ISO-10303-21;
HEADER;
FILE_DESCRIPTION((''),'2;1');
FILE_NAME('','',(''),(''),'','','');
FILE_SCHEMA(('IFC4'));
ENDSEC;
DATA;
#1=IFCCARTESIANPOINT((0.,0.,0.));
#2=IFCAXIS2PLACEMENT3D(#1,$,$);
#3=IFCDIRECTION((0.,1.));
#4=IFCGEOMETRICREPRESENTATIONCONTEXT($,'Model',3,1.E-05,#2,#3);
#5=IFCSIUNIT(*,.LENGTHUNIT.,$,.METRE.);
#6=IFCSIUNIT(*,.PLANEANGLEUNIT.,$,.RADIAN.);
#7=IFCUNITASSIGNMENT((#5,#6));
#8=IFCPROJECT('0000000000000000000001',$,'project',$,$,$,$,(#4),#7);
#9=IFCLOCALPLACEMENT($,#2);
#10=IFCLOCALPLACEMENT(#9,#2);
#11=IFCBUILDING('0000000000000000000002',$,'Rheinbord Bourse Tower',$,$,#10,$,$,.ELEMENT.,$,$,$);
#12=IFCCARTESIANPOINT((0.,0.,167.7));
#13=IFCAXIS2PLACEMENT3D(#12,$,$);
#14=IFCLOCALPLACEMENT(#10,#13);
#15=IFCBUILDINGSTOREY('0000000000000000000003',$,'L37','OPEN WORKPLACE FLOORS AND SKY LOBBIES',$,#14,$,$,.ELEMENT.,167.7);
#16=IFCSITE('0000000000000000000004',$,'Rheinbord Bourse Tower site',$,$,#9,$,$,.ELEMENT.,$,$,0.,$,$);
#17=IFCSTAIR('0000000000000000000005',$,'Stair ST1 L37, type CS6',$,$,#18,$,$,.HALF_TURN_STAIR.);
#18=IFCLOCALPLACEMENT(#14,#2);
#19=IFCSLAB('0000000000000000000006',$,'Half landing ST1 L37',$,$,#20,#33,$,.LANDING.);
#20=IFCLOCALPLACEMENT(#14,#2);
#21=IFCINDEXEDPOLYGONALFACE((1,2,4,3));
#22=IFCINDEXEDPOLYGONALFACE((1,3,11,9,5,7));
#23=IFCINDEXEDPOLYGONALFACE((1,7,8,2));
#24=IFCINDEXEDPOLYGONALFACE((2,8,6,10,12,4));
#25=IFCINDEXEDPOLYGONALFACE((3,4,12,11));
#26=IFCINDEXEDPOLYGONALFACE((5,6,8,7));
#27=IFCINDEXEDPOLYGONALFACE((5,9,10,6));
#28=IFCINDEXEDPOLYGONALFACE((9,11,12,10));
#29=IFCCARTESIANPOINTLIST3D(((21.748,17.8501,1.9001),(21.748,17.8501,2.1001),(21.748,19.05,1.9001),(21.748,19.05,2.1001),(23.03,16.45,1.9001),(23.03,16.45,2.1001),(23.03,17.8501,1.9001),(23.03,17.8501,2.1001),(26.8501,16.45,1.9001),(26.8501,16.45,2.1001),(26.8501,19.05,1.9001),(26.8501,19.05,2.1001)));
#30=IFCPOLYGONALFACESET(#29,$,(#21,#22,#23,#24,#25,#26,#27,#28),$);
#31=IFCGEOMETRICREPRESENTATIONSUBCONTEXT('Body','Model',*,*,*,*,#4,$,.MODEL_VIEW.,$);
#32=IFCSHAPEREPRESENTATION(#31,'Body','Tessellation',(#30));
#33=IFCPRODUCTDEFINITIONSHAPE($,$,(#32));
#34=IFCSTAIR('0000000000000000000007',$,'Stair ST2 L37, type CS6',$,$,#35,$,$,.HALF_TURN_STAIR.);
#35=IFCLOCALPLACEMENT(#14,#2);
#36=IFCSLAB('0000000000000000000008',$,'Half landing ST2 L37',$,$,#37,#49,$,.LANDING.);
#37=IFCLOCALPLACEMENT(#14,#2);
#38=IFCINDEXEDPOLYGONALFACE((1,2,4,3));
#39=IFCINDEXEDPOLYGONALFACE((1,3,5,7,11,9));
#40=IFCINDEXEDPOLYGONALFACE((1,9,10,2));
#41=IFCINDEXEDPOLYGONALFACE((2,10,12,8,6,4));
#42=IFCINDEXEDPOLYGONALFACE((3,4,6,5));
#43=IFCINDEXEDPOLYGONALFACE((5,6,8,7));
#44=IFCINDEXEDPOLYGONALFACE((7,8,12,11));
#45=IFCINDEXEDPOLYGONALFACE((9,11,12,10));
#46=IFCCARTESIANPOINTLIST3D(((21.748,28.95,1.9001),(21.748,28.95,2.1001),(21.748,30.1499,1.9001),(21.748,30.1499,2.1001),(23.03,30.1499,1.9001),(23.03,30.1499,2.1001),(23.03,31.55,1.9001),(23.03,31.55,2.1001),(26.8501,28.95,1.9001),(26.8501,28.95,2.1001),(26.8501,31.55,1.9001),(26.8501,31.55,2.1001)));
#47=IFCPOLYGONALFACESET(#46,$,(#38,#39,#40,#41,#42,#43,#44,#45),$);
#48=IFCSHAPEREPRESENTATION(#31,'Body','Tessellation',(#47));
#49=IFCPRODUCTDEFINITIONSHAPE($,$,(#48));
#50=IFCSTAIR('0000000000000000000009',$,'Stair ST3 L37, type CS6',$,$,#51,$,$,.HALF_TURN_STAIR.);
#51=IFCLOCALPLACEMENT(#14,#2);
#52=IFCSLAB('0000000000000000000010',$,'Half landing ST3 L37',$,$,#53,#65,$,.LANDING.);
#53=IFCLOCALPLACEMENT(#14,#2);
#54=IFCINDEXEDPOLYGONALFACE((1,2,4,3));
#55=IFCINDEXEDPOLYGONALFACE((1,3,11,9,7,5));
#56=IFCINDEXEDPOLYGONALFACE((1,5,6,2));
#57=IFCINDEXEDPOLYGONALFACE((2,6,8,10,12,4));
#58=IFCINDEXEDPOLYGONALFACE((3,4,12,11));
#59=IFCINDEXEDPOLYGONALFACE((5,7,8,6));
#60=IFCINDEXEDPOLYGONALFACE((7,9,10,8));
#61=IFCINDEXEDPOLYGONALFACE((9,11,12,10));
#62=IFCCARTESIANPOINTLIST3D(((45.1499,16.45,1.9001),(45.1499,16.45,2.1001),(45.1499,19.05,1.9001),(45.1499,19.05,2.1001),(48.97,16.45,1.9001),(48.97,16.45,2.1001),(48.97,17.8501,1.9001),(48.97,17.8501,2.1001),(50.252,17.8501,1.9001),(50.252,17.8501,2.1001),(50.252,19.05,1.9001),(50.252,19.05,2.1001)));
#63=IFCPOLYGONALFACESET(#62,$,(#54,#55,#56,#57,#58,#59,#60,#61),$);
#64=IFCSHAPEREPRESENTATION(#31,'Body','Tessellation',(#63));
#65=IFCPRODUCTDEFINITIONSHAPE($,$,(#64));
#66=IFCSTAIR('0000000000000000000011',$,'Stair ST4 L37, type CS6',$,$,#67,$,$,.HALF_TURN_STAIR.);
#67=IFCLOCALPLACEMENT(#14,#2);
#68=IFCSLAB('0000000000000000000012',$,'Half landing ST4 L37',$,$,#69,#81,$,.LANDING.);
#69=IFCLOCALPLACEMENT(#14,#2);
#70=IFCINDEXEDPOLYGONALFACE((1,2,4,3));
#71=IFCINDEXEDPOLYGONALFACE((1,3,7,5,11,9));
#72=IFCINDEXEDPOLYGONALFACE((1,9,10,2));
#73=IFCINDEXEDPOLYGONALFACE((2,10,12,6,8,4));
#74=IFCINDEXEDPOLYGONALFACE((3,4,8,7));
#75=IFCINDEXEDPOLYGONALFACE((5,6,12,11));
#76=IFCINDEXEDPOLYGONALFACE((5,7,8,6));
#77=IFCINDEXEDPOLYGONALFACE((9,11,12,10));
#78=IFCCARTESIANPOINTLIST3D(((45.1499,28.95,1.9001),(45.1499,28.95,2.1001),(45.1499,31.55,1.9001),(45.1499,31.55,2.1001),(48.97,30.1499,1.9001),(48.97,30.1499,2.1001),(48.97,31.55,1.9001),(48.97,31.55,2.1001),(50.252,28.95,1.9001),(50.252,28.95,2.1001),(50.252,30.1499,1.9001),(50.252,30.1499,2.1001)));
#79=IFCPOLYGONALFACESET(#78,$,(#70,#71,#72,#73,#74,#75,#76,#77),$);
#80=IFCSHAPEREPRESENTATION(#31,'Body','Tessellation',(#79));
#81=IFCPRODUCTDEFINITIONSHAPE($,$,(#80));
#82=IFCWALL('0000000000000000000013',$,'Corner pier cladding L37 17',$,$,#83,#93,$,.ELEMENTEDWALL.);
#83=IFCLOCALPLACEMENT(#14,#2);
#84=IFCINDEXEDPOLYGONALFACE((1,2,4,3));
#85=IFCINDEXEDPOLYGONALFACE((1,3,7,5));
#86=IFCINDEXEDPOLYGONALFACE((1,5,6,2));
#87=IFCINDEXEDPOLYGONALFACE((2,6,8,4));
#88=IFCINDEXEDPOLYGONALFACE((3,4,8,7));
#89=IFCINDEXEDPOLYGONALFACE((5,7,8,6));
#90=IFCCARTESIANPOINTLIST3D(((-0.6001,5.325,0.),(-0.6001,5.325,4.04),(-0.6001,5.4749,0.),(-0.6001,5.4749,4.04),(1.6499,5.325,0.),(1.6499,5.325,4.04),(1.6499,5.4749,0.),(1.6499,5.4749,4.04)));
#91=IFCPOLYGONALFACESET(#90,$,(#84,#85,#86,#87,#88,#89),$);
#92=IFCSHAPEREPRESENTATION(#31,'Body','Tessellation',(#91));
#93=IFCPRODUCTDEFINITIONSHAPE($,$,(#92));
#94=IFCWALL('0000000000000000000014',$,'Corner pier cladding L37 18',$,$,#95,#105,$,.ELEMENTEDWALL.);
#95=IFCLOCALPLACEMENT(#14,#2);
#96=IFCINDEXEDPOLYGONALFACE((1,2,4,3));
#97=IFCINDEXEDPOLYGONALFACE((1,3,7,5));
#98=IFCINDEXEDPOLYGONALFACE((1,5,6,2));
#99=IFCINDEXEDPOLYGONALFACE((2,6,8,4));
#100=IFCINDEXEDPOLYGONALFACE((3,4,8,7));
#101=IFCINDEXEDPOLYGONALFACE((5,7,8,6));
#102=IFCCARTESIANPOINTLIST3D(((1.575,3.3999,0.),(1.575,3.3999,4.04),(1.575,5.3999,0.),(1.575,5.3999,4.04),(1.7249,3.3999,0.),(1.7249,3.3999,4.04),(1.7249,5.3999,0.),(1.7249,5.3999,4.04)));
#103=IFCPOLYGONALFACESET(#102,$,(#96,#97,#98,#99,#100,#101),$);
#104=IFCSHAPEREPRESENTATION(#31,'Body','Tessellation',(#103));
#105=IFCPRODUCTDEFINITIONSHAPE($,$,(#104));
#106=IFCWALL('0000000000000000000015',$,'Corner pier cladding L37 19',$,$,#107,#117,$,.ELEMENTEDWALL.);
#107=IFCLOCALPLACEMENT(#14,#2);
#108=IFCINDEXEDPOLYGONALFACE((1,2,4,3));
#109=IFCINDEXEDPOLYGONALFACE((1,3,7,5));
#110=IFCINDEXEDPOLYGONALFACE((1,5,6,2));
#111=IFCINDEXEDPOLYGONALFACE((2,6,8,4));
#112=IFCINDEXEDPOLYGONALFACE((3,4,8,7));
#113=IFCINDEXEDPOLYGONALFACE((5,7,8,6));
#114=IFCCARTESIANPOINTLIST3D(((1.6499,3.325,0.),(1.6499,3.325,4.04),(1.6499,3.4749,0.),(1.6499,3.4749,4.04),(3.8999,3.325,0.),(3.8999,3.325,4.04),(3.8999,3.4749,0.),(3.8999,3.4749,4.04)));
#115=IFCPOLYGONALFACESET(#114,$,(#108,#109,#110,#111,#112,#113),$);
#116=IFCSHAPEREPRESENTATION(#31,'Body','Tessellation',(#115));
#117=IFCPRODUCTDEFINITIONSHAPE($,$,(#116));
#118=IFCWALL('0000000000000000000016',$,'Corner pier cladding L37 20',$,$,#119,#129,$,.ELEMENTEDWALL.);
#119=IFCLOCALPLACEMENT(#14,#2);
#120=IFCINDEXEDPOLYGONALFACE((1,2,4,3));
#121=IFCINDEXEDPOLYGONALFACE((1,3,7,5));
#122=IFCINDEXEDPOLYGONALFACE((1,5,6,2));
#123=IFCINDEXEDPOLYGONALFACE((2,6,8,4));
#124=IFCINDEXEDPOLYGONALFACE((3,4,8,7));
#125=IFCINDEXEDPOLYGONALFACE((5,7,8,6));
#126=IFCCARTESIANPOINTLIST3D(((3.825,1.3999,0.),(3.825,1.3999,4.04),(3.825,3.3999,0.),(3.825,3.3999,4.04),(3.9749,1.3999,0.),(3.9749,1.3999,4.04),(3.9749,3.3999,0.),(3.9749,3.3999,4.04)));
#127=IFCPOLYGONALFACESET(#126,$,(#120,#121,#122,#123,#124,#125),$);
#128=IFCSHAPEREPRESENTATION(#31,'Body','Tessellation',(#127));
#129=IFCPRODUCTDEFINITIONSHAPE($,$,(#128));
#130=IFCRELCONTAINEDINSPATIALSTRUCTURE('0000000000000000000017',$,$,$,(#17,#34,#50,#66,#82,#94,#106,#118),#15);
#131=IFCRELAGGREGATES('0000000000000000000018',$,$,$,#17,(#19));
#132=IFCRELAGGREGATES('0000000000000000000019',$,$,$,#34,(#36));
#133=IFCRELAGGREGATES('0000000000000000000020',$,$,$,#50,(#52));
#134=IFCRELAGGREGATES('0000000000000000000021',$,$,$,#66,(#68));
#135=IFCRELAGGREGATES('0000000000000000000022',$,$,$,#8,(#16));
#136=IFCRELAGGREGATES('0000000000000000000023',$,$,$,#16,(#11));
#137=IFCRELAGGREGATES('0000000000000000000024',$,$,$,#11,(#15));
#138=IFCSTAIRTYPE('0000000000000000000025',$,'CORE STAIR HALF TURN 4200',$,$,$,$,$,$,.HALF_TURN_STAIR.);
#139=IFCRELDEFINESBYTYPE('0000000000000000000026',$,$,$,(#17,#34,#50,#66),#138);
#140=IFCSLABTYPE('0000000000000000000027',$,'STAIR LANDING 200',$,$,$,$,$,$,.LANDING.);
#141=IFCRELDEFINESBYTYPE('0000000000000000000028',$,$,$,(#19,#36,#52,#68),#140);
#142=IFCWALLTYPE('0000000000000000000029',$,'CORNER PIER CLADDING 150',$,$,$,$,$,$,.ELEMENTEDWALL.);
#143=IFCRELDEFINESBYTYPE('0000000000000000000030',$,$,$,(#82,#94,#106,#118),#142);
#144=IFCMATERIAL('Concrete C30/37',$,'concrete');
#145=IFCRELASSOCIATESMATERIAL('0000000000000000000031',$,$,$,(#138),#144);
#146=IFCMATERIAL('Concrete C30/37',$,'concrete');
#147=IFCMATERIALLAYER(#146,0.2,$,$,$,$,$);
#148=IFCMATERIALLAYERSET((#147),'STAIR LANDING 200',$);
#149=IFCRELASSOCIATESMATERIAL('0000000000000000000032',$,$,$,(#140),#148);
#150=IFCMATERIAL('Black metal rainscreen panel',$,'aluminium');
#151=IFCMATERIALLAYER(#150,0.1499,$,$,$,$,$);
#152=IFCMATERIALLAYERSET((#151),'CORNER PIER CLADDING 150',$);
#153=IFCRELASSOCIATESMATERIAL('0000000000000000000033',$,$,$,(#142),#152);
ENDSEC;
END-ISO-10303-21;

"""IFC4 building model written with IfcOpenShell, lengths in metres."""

from ifc_helpers import new_model, si_unit, direction, frame, frame_2d, origin, place, context, subcontext, project, spatial, polyline, rectangle, outline, extrude, material, layer, layer_set, type_object, element, aggregate, save


model = new_model("IFC4")

# Units and contexts
model_context = context("Model", 3, precision=1e-05, world=origin(), true_north=direction((0.0, 1.0)))
body_context = subcontext(model_context, "Body", "Model", "MODEL_VIEW")
ifc_project = project(units=[si_unit("LENGTHUNIT", "METRE"), si_unit("PLANEANGLEUNIT", "RADIAN")], contexts=[model_context])

# Site, building, storey
site_placement = place(None, origin())
site = spatial("IfcSite", under=ifc_project, at=site_placement, Name="Rheinbord Bourse Tower site", CompositionType="ELEMENT", RefElevation=0.0)
building_placement = place(site_placement, origin())
building = spatial("IfcBuilding", under=site, at=building_placement, Name="Rheinbord Bourse Tower", CompositionType="ELEMENT")
storey_placement = place(building_placement, frame((0.0, 0.0, 167.7)))
storey = spatial("IfcBuildingStorey", under=building, at=storey_placement, Name="L37", Description="OPEN WORKPLACE FLOORS AND SKY LOBBIES", CompositionType="ELEMENT", Elevation=167.7)

# Stairs, slabs
ifc_material_1 = material(Name="Concrete C30/37", Category="concrete")
stair_type = type_object("IfcStairType", Name="CORE STAIR HALF TURN 4200", PredefinedType="HALF_TURN_STAIR", material=ifc_material_1)
stair_1_placement = place(storey_placement, origin())
stair_1 = element("IfcStair", 1, at=stair_1_placement, inside=storey, type_object=stair_type, Name="Stair ST1 L37, type CS6", PredefinedType="HALF_TURN_STAIR")
ifc_material_2 = material(Name="Concrete C30/37", Category="concrete")
ifc_layer_1 = layer(ifc_material_2, 0.2)
ifc_layer_set_1 = layer_set([ifc_layer_1], Name="STAIR LANDING 200")
slab_type_1 = type_object("IfcSlabType", Name="STAIR LANDING 200", PredefinedType="LANDING", material=ifc_layer_set_1)
slab_1_placement = place(storey_placement, frame((0.0, 0.0, 1.9001)))
slab_1 = element("IfcSlab", 2, at=slab_1_placement, type_object=slab_type_1, Name="Half landing ST1 L37", PredefinedType="LANDING", context=body_context, shape_type="SweptSolid", body=[
    extrude(outline(polyline([(23.03, 16.45), (26.8501, 16.45), (26.8501, 19.05), (21.748, 19.05), (21.748, 17.8501), (23.03, 17.8501), (23.03, 16.45)])), origin(), (0.0, 0.0, 1.0), 0.2),
])
aggregate(stair_1, [slab_1])
stair_2_placement = place(storey_placement, origin())
stair_2 = element("IfcStair", 3, at=stair_2_placement, inside=storey, type_object=stair_type, Name="Stair ST2 L37, type CS6", PredefinedType="HALF_TURN_STAIR")
slab_2_placement = place(storey_placement, frame((0.0, 0.0, 1.9001)))
slab_2 = element("IfcSlab", 4, at=slab_2_placement, type_object=slab_type_1, Name="Half landing ST2 L37", PredefinedType="LANDING", context=body_context, shape_type="SweptSolid", body=[
    extrude(outline(polyline([(21.748, 28.95), (26.8501, 28.95), (26.8501, 31.55), (23.03, 31.55), (23.03, 30.1499), (21.748, 30.1499), (21.748, 28.95)])), origin(), (0.0, 0.0, 1.0), 0.2),
])
aggregate(stair_2, [slab_2])
stair_3_placement = place(storey_placement, origin())
stair_3 = element("IfcStair", 5, at=stair_3_placement, inside=storey, type_object=stair_type, Name="Stair ST3 L37, type CS6", PredefinedType="HALF_TURN_STAIR")
slab_3_placement = place(storey_placement, frame((0.0, 0.0, 1.9001)))
slab_3 = element("IfcSlab", 6, at=slab_3_placement, type_object=slab_type_1, Name="Half landing ST3 L37", PredefinedType="LANDING", context=body_context, shape_type="SweptSolid", body=[
    extrude(outline(polyline([(45.1499, 16.45), (48.97, 16.45), (48.97, 17.8501), (50.252, 17.8501), (50.252, 19.05), (45.1499, 19.05), (45.1499, 16.45)])), origin(), (0.0, 0.0, 1.0), 0.2),
])
aggregate(stair_3, [slab_3])
stair_4_placement = place(storey_placement, origin())
stair_4 = element("IfcStair", 7, at=stair_4_placement, inside=storey, type_object=stair_type, Name="Stair ST4 L37, type CS6", PredefinedType="HALF_TURN_STAIR")
slab_4_placement = place(storey_placement, frame((0.0, 0.0, 1.9001)))
slab_4 = element("IfcSlab", 8, at=slab_4_placement, type_object=slab_type_1, Name="Half landing ST4 L37", PredefinedType="LANDING", context=body_context, shape_type="SweptSolid", body=[
    extrude(outline(polyline([(45.1499, 28.95), (50.252, 28.95), (50.252, 30.1499), (48.97, 30.1499), (48.97, 31.55), (45.1499, 31.55), (45.1499, 28.95)])), origin(), (0.0, 0.0, 1.0), 0.2),
])
aggregate(stair_4, [slab_4])

# Walls
ifc_material_3 = material(Name="Black metal rainscreen panel", Category="aluminium")
ifc_layer_2 = layer(ifc_material_3, 0.1499)
ifc_layer_set_2 = layer_set([ifc_layer_2], Name="CORNER PIER CLADDING 150")
wall_type = type_object("IfcWallType", Name="CORNER PIER CLADDING 150", PredefinedType="ELEMENTEDWALL", material=ifc_layer_set_2)
wall_1_placement = place(storey_placement, frame((-0.6001, 5.3999, 0.0), z_axis=(0.0, 0.0, 1.0), x_axis=(1.0, 0.0, 0.0)))
element("IfcWall", 9, at=wall_1_placement, inside=storey, type_object=wall_type, Name="Corner pier cladding L37 17", PredefinedType="ELEMENTEDWALL", context=body_context, shape_type="SweptSolid", body=[
    extrude(rectangle(XDim=2.25, YDim=0.1499, at=frame_2d((1.125, 0.0))), origin(), (0.0, 0.0, 1.0), 4.04),
])
wall_2_placement = place(storey_placement, frame((1.6499, 5.3999, 0.0), z_axis=(0.0, 0.0, 1.0), x_axis=(0.0, -1.0, 0.0)))
element("IfcWall", 10, at=wall_2_placement, inside=storey, type_object=wall_type, Name="Corner pier cladding L37 18", PredefinedType="ELEMENTEDWALL", context=body_context, shape_type="SweptSolid", body=[
    extrude(rectangle(XDim=2.0, YDim=0.1499, at=frame_2d((1.0, 0.0))), origin(), (0.0, 0.0, 1.0), 4.04),
])
wall_3_placement = place(storey_placement, frame((1.6499, 3.3999, 0.0), z_axis=(0.0, 0.0, 1.0), x_axis=(1.0, 0.0, 0.0)))
element("IfcWall", 11, at=wall_3_placement, inside=storey, type_object=wall_type, Name="Corner pier cladding L37 19", PredefinedType="ELEMENTEDWALL", context=body_context, shape_type="SweptSolid", body=[
    extrude(rectangle(XDim=2.25, YDim=0.1499, at=frame_2d((1.125, 0.0))), origin(), (0.0, 0.0, 1.0), 4.04),
])
wall_4_placement = place(storey_placement, frame((3.8999, 3.3999, 0.0), z_axis=(0.0, 0.0, 1.0), x_axis=(0.0, -1.0, 0.0)))
element("IfcWall", 12, at=wall_4_placement, inside=storey, type_object=wall_type, Name="Corner pier cladding L37 20", PredefinedType="ELEMENTEDWALL", context=body_context, shape_type="SweptSolid", body=[
    extrude(rectangle(XDim=2.0, YDim=0.1499, at=frame_2d((1.0, 0.0))), origin(), (0.0, 0.0, 1.0), 4.04),
])

save(model, "model.ifc")
